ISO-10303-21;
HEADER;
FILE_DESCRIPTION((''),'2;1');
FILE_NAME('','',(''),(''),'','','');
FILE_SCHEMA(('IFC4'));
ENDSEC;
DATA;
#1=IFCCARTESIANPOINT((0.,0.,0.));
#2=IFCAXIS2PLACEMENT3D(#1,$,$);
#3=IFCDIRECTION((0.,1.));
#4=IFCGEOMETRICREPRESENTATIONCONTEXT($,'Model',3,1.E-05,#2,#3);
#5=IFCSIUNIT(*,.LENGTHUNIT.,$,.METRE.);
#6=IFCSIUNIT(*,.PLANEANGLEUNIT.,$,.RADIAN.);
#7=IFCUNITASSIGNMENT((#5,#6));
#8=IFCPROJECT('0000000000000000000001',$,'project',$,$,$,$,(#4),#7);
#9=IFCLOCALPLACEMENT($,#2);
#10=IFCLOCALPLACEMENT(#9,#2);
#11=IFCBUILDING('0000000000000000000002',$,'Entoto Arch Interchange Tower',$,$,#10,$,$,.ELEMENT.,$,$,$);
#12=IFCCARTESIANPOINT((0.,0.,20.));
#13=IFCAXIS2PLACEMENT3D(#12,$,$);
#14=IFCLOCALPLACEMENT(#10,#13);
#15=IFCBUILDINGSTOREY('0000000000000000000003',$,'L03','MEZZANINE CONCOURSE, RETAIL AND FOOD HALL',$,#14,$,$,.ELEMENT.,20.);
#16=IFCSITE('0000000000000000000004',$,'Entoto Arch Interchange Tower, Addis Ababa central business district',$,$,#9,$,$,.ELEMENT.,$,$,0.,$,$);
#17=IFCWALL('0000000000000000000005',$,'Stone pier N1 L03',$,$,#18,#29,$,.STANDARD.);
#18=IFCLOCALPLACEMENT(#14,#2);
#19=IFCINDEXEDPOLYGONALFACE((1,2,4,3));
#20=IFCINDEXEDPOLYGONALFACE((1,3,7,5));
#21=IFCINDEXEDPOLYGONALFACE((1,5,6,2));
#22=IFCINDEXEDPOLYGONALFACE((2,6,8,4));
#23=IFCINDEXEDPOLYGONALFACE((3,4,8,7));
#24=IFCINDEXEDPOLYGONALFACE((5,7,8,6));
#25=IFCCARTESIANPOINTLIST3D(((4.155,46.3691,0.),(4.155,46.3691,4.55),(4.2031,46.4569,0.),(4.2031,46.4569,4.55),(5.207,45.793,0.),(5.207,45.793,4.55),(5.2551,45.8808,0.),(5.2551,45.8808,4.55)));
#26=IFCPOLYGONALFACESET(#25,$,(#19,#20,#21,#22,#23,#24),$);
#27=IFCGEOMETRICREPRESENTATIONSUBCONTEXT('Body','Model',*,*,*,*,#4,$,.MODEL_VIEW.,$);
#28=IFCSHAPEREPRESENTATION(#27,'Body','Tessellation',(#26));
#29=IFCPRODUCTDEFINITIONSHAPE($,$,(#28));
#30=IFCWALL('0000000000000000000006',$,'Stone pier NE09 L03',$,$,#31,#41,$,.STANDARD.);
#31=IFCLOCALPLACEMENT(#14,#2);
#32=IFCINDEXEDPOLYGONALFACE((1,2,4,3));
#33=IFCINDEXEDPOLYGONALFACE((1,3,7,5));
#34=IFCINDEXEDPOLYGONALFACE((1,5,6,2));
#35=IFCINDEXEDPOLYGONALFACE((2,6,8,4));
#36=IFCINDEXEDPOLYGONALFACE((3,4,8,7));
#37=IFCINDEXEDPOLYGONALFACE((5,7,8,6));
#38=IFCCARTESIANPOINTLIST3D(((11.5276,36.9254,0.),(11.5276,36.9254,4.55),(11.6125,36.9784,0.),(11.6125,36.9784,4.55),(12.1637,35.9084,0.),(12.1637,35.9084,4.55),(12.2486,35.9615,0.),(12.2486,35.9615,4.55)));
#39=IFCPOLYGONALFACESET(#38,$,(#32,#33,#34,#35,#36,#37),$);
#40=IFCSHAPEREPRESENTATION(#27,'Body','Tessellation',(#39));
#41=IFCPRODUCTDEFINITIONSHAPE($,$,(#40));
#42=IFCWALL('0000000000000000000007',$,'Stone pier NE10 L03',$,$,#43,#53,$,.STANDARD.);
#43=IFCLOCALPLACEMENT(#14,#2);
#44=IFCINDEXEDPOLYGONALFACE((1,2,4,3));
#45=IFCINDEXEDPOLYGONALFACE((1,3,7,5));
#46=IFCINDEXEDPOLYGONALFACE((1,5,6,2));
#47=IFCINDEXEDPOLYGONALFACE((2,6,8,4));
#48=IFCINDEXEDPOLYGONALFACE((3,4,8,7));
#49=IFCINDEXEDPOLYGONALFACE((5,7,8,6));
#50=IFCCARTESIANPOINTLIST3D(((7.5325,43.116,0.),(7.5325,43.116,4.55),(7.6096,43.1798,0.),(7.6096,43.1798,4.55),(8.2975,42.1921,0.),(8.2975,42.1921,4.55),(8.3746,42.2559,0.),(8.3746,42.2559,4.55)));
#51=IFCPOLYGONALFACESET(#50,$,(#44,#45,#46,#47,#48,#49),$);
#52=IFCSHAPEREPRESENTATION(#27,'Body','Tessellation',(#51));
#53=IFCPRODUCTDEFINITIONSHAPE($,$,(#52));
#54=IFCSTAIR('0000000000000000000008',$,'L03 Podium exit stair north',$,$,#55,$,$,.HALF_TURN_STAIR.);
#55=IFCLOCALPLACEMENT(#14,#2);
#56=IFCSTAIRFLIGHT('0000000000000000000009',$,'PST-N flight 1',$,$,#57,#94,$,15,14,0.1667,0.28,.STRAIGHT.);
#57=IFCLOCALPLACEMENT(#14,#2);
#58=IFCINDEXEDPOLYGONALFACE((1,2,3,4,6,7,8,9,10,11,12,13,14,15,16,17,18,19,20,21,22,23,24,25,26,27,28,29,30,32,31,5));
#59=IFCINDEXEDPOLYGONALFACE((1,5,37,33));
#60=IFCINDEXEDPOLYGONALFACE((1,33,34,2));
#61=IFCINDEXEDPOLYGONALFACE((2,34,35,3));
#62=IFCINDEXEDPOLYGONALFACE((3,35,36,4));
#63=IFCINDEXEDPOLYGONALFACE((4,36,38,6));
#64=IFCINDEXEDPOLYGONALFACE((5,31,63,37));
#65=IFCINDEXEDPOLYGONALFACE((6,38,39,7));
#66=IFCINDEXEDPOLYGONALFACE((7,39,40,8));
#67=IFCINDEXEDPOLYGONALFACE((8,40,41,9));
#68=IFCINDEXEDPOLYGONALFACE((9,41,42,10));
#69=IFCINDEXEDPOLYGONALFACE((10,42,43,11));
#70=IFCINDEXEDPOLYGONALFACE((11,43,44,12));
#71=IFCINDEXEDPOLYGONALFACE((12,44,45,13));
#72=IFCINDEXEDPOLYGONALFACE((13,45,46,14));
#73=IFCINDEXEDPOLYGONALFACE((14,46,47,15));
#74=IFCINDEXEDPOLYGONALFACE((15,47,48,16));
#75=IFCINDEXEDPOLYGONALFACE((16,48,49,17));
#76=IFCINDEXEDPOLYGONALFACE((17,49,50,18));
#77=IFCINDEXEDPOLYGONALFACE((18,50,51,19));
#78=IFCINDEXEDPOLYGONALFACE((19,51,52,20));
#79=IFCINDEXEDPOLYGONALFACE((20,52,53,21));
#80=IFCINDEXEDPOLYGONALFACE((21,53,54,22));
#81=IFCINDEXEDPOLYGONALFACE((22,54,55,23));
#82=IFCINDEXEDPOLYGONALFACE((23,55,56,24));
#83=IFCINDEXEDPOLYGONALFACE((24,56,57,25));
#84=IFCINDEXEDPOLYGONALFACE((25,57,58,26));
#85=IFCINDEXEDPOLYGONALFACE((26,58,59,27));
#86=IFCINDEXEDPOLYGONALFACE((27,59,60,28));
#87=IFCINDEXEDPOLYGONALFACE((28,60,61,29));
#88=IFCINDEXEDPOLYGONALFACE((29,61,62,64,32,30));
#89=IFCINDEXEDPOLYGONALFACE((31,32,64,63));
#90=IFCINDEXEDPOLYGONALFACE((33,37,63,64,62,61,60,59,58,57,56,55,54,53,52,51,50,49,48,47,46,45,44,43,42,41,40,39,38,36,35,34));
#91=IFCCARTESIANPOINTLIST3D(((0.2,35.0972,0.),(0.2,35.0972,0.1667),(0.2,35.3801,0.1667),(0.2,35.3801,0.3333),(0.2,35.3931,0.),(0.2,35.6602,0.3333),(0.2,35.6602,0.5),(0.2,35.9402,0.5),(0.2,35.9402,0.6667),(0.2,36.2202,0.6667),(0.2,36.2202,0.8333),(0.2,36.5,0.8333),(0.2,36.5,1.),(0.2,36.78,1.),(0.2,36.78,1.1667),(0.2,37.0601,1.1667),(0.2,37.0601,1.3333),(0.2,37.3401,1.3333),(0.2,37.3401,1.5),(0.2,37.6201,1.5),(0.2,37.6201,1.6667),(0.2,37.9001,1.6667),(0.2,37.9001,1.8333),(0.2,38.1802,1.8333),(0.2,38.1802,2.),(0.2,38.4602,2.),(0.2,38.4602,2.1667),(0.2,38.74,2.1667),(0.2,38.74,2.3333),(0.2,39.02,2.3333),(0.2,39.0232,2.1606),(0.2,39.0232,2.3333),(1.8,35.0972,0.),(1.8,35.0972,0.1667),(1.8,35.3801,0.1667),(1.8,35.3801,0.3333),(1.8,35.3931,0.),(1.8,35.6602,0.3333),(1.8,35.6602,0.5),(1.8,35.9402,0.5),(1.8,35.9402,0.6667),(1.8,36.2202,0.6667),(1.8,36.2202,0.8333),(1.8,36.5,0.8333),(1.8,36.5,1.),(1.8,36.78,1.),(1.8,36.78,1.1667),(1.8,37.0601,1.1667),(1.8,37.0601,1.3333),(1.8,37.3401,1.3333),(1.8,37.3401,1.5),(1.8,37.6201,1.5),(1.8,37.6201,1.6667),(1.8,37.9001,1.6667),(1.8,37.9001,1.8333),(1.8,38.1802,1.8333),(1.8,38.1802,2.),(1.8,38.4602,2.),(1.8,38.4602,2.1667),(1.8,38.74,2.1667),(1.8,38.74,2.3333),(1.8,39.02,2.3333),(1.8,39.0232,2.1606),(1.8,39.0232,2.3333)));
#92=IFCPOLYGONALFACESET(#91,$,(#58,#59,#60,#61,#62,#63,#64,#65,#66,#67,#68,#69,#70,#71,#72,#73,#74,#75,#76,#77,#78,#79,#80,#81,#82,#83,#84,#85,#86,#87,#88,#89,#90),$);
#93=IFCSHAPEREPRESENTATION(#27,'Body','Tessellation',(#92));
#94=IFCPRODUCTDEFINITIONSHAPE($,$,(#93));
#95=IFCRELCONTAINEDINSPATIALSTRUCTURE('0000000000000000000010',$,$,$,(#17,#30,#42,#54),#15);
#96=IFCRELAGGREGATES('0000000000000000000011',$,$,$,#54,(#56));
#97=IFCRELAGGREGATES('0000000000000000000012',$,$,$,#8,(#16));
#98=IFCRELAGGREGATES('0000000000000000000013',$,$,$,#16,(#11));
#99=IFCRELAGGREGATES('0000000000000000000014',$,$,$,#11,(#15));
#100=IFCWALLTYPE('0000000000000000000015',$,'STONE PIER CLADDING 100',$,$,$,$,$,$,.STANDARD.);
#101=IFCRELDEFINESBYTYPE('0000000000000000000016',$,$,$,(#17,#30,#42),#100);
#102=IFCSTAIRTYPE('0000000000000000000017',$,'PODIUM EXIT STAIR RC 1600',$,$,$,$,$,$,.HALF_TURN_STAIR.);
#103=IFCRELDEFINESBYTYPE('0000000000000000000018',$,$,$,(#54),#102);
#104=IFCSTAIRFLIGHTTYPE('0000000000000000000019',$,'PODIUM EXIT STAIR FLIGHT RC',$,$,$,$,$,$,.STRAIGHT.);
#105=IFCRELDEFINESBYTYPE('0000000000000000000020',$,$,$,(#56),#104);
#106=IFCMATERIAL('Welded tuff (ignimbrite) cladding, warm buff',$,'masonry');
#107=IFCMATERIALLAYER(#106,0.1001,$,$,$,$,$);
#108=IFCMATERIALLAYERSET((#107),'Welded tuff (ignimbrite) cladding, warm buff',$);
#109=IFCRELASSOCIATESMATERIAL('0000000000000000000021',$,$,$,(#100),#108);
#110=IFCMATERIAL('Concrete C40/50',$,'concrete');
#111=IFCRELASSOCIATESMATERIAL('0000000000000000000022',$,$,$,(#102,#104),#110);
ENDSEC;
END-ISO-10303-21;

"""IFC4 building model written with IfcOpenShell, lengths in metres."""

from ifc_helpers import new_model, si_unit, direction, frame, frame_2d, origin, place, context, subcontext, project, spatial, polyline, rectangle, outline, extrude, material, layer, layer_set, type_object, element, aggregate, save


model = new_model("IFC4")

# Units and contexts
model_context = context("Model", 3, precision=1e-05, world=origin(), true_north=direction((0.0, 1.0)))
body_context = subcontext(model_context, "Body", "Model", "MODEL_VIEW")
ifc_project = project(units=[si_unit("LENGTHUNIT", "METRE"), si_unit("PLANEANGLEUNIT", "RADIAN")], contexts=[model_context])

# Site, building, storey
site_placement = place(None, origin())
site = spatial("IfcSite", under=ifc_project, at=site_placement, Name="Entoto Arch Interchange Tower, Addis Ababa central business district", CompositionType="ELEMENT", RefElevation=0.0)
building_placement = place(site_placement, origin())
building = spatial("IfcBuilding", under=site, at=building_placement, Name="Entoto Arch Interchange Tower", CompositionType="ELEMENT")
storey_placement = place(building_placement, frame((0.0, 0.0, 20.0)))
storey = spatial("IfcBuildingStorey", under=building, at=storey_placement, Name="L03", Description="MEZZANINE CONCOURSE, RETAIL AND FOOD HALL", CompositionType="ELEMENT", Elevation=20.0)

# Shared definitions
ifc_material_1 = material(Name="Concrete C40/50", Category="concrete")

# Shared definitions
ifc_material_2 = material(Name="Welded tuff (ignimbrite) cladding, warm buff", Category="masonry")

# Walls
ifc_layer_1 = layer(ifc_material_2, 0.1001)
ifc_layer_set_1 = layer_set([ifc_layer_1], Name="Welded tuff (ignimbrite) cladding, warm buff")
wall_type_1 = type_object("IfcWallType", Name="STONE PIER CLADDING 100", PredefinedType="STANDARD", material=ifc_layer_set_1)
for number, where, z_axis, x_axis, name in (
    (1, (5.231, 45.8369, 0.0), (0.0, 0.0, 1.0), (-0.87707, 0.480363, 0.0), "Stone pier N1 L03"),
    (2, (12.2061, 35.9351, 0.0), (0.0, 0.0, 1.0), (-0.530273, 0.847827, 0.0), "Stone pier NE09 L03"),
    (3, (8.3359, 42.2241, 0.0), (0.0, 0.0, 1.0), (-0.637739, 0.770253, 0.0), "Stone pier NE10 L03"),
):
    element("IfcWall", number, at=place(storey_placement, frame(where, z_axis=z_axis, x_axis=x_axis)), inside=storey, type_object=wall_type_1, Name=name, PredefinedType="STANDARD", context=body_context, shape_type="SweptSolid", body=[
        extrude(rectangle(XDim=1.1995, YDim=0.1001, at=frame_2d((0.5996, 0.0))), origin(), (0.0, 0.0, 1.0), 4.55),
    ])

# Stair, stair flight
stair_type = type_object("IfcStairType", Name="PODIUM EXIT STAIR RC 1600", PredefinedType="HALF_TURN_STAIR", material=ifc_material_1)
stair_placement = place(storey_placement, origin())
stair = element("IfcStair", 4, at=stair_placement, inside=storey, type_object=stair_type, Name="L03 Podium exit stair north", PredefinedType="HALF_TURN_STAIR")
stair_flight_type = type_object("IfcStairFlightType", Name="PODIUM EXIT STAIR FLIGHT RC", PredefinedType="STRAIGHT", material=ifc_material_1)
stair_flight_placement = place(storey_placement, frame((1.0, 35.1001, 0.0), z_axis=(0.0, 0.0, 1.0), x_axis=(0.0, 1.0, 0.0)))
stair_flight = element("IfcStairFlight", 5, at=stair_flight_placement, type_object=stair_flight_type, Name="PST-N flight 1", NumberOfRisers=15, NumberOfTreads=14, PredefinedType="STRAIGHT", RiserHeight=0.1667, TreadLength=0.28, context=body_context, shape_type="SweptSolid", body=[
    extrude(outline(polyline([(-0.0029, 0.0), (-0.0029, 0.1667), (0.28, 0.1667), (0.28, 0.3333), (0.5601, 0.3333), (0.5601, 0.5), (0.8401, 0.5), (0.8401, 0.6667), (1.1201, 0.6667), (1.1201, 0.8333), (1.3999, 0.8333), (1.3999, 1.0), (1.6799, 1.0), (1.6799, 1.1667), (1.96, 1.1667), (1.96, 1.3333), (2.24, 1.3333), (2.24, 1.5), (2.52, 1.5), (2.52, 1.6667), (2.8, 1.6667), (2.8, 1.8333), (3.0801, 1.8333), (3.0801, 2.0), (3.3601, 2.0), (3.3601, 2.1667), (3.6399, 2.1667), (3.6399, 2.3333), (3.9199, 2.3333), (3.9231, 2.3333), (3.9231, 2.1606), (0.293, 0.0), (-0.0029, 0.0)])), frame((0.0, 0.8, 0.0), z_axis=(0.0, -1.0, 0.0), x_axis=(1.0, 0.0, 0.0)), (0.0, 0.0, 1.0), 1.6001),
])
aggregate(stair, [stair_flight])

save(model, "model.ifc")
